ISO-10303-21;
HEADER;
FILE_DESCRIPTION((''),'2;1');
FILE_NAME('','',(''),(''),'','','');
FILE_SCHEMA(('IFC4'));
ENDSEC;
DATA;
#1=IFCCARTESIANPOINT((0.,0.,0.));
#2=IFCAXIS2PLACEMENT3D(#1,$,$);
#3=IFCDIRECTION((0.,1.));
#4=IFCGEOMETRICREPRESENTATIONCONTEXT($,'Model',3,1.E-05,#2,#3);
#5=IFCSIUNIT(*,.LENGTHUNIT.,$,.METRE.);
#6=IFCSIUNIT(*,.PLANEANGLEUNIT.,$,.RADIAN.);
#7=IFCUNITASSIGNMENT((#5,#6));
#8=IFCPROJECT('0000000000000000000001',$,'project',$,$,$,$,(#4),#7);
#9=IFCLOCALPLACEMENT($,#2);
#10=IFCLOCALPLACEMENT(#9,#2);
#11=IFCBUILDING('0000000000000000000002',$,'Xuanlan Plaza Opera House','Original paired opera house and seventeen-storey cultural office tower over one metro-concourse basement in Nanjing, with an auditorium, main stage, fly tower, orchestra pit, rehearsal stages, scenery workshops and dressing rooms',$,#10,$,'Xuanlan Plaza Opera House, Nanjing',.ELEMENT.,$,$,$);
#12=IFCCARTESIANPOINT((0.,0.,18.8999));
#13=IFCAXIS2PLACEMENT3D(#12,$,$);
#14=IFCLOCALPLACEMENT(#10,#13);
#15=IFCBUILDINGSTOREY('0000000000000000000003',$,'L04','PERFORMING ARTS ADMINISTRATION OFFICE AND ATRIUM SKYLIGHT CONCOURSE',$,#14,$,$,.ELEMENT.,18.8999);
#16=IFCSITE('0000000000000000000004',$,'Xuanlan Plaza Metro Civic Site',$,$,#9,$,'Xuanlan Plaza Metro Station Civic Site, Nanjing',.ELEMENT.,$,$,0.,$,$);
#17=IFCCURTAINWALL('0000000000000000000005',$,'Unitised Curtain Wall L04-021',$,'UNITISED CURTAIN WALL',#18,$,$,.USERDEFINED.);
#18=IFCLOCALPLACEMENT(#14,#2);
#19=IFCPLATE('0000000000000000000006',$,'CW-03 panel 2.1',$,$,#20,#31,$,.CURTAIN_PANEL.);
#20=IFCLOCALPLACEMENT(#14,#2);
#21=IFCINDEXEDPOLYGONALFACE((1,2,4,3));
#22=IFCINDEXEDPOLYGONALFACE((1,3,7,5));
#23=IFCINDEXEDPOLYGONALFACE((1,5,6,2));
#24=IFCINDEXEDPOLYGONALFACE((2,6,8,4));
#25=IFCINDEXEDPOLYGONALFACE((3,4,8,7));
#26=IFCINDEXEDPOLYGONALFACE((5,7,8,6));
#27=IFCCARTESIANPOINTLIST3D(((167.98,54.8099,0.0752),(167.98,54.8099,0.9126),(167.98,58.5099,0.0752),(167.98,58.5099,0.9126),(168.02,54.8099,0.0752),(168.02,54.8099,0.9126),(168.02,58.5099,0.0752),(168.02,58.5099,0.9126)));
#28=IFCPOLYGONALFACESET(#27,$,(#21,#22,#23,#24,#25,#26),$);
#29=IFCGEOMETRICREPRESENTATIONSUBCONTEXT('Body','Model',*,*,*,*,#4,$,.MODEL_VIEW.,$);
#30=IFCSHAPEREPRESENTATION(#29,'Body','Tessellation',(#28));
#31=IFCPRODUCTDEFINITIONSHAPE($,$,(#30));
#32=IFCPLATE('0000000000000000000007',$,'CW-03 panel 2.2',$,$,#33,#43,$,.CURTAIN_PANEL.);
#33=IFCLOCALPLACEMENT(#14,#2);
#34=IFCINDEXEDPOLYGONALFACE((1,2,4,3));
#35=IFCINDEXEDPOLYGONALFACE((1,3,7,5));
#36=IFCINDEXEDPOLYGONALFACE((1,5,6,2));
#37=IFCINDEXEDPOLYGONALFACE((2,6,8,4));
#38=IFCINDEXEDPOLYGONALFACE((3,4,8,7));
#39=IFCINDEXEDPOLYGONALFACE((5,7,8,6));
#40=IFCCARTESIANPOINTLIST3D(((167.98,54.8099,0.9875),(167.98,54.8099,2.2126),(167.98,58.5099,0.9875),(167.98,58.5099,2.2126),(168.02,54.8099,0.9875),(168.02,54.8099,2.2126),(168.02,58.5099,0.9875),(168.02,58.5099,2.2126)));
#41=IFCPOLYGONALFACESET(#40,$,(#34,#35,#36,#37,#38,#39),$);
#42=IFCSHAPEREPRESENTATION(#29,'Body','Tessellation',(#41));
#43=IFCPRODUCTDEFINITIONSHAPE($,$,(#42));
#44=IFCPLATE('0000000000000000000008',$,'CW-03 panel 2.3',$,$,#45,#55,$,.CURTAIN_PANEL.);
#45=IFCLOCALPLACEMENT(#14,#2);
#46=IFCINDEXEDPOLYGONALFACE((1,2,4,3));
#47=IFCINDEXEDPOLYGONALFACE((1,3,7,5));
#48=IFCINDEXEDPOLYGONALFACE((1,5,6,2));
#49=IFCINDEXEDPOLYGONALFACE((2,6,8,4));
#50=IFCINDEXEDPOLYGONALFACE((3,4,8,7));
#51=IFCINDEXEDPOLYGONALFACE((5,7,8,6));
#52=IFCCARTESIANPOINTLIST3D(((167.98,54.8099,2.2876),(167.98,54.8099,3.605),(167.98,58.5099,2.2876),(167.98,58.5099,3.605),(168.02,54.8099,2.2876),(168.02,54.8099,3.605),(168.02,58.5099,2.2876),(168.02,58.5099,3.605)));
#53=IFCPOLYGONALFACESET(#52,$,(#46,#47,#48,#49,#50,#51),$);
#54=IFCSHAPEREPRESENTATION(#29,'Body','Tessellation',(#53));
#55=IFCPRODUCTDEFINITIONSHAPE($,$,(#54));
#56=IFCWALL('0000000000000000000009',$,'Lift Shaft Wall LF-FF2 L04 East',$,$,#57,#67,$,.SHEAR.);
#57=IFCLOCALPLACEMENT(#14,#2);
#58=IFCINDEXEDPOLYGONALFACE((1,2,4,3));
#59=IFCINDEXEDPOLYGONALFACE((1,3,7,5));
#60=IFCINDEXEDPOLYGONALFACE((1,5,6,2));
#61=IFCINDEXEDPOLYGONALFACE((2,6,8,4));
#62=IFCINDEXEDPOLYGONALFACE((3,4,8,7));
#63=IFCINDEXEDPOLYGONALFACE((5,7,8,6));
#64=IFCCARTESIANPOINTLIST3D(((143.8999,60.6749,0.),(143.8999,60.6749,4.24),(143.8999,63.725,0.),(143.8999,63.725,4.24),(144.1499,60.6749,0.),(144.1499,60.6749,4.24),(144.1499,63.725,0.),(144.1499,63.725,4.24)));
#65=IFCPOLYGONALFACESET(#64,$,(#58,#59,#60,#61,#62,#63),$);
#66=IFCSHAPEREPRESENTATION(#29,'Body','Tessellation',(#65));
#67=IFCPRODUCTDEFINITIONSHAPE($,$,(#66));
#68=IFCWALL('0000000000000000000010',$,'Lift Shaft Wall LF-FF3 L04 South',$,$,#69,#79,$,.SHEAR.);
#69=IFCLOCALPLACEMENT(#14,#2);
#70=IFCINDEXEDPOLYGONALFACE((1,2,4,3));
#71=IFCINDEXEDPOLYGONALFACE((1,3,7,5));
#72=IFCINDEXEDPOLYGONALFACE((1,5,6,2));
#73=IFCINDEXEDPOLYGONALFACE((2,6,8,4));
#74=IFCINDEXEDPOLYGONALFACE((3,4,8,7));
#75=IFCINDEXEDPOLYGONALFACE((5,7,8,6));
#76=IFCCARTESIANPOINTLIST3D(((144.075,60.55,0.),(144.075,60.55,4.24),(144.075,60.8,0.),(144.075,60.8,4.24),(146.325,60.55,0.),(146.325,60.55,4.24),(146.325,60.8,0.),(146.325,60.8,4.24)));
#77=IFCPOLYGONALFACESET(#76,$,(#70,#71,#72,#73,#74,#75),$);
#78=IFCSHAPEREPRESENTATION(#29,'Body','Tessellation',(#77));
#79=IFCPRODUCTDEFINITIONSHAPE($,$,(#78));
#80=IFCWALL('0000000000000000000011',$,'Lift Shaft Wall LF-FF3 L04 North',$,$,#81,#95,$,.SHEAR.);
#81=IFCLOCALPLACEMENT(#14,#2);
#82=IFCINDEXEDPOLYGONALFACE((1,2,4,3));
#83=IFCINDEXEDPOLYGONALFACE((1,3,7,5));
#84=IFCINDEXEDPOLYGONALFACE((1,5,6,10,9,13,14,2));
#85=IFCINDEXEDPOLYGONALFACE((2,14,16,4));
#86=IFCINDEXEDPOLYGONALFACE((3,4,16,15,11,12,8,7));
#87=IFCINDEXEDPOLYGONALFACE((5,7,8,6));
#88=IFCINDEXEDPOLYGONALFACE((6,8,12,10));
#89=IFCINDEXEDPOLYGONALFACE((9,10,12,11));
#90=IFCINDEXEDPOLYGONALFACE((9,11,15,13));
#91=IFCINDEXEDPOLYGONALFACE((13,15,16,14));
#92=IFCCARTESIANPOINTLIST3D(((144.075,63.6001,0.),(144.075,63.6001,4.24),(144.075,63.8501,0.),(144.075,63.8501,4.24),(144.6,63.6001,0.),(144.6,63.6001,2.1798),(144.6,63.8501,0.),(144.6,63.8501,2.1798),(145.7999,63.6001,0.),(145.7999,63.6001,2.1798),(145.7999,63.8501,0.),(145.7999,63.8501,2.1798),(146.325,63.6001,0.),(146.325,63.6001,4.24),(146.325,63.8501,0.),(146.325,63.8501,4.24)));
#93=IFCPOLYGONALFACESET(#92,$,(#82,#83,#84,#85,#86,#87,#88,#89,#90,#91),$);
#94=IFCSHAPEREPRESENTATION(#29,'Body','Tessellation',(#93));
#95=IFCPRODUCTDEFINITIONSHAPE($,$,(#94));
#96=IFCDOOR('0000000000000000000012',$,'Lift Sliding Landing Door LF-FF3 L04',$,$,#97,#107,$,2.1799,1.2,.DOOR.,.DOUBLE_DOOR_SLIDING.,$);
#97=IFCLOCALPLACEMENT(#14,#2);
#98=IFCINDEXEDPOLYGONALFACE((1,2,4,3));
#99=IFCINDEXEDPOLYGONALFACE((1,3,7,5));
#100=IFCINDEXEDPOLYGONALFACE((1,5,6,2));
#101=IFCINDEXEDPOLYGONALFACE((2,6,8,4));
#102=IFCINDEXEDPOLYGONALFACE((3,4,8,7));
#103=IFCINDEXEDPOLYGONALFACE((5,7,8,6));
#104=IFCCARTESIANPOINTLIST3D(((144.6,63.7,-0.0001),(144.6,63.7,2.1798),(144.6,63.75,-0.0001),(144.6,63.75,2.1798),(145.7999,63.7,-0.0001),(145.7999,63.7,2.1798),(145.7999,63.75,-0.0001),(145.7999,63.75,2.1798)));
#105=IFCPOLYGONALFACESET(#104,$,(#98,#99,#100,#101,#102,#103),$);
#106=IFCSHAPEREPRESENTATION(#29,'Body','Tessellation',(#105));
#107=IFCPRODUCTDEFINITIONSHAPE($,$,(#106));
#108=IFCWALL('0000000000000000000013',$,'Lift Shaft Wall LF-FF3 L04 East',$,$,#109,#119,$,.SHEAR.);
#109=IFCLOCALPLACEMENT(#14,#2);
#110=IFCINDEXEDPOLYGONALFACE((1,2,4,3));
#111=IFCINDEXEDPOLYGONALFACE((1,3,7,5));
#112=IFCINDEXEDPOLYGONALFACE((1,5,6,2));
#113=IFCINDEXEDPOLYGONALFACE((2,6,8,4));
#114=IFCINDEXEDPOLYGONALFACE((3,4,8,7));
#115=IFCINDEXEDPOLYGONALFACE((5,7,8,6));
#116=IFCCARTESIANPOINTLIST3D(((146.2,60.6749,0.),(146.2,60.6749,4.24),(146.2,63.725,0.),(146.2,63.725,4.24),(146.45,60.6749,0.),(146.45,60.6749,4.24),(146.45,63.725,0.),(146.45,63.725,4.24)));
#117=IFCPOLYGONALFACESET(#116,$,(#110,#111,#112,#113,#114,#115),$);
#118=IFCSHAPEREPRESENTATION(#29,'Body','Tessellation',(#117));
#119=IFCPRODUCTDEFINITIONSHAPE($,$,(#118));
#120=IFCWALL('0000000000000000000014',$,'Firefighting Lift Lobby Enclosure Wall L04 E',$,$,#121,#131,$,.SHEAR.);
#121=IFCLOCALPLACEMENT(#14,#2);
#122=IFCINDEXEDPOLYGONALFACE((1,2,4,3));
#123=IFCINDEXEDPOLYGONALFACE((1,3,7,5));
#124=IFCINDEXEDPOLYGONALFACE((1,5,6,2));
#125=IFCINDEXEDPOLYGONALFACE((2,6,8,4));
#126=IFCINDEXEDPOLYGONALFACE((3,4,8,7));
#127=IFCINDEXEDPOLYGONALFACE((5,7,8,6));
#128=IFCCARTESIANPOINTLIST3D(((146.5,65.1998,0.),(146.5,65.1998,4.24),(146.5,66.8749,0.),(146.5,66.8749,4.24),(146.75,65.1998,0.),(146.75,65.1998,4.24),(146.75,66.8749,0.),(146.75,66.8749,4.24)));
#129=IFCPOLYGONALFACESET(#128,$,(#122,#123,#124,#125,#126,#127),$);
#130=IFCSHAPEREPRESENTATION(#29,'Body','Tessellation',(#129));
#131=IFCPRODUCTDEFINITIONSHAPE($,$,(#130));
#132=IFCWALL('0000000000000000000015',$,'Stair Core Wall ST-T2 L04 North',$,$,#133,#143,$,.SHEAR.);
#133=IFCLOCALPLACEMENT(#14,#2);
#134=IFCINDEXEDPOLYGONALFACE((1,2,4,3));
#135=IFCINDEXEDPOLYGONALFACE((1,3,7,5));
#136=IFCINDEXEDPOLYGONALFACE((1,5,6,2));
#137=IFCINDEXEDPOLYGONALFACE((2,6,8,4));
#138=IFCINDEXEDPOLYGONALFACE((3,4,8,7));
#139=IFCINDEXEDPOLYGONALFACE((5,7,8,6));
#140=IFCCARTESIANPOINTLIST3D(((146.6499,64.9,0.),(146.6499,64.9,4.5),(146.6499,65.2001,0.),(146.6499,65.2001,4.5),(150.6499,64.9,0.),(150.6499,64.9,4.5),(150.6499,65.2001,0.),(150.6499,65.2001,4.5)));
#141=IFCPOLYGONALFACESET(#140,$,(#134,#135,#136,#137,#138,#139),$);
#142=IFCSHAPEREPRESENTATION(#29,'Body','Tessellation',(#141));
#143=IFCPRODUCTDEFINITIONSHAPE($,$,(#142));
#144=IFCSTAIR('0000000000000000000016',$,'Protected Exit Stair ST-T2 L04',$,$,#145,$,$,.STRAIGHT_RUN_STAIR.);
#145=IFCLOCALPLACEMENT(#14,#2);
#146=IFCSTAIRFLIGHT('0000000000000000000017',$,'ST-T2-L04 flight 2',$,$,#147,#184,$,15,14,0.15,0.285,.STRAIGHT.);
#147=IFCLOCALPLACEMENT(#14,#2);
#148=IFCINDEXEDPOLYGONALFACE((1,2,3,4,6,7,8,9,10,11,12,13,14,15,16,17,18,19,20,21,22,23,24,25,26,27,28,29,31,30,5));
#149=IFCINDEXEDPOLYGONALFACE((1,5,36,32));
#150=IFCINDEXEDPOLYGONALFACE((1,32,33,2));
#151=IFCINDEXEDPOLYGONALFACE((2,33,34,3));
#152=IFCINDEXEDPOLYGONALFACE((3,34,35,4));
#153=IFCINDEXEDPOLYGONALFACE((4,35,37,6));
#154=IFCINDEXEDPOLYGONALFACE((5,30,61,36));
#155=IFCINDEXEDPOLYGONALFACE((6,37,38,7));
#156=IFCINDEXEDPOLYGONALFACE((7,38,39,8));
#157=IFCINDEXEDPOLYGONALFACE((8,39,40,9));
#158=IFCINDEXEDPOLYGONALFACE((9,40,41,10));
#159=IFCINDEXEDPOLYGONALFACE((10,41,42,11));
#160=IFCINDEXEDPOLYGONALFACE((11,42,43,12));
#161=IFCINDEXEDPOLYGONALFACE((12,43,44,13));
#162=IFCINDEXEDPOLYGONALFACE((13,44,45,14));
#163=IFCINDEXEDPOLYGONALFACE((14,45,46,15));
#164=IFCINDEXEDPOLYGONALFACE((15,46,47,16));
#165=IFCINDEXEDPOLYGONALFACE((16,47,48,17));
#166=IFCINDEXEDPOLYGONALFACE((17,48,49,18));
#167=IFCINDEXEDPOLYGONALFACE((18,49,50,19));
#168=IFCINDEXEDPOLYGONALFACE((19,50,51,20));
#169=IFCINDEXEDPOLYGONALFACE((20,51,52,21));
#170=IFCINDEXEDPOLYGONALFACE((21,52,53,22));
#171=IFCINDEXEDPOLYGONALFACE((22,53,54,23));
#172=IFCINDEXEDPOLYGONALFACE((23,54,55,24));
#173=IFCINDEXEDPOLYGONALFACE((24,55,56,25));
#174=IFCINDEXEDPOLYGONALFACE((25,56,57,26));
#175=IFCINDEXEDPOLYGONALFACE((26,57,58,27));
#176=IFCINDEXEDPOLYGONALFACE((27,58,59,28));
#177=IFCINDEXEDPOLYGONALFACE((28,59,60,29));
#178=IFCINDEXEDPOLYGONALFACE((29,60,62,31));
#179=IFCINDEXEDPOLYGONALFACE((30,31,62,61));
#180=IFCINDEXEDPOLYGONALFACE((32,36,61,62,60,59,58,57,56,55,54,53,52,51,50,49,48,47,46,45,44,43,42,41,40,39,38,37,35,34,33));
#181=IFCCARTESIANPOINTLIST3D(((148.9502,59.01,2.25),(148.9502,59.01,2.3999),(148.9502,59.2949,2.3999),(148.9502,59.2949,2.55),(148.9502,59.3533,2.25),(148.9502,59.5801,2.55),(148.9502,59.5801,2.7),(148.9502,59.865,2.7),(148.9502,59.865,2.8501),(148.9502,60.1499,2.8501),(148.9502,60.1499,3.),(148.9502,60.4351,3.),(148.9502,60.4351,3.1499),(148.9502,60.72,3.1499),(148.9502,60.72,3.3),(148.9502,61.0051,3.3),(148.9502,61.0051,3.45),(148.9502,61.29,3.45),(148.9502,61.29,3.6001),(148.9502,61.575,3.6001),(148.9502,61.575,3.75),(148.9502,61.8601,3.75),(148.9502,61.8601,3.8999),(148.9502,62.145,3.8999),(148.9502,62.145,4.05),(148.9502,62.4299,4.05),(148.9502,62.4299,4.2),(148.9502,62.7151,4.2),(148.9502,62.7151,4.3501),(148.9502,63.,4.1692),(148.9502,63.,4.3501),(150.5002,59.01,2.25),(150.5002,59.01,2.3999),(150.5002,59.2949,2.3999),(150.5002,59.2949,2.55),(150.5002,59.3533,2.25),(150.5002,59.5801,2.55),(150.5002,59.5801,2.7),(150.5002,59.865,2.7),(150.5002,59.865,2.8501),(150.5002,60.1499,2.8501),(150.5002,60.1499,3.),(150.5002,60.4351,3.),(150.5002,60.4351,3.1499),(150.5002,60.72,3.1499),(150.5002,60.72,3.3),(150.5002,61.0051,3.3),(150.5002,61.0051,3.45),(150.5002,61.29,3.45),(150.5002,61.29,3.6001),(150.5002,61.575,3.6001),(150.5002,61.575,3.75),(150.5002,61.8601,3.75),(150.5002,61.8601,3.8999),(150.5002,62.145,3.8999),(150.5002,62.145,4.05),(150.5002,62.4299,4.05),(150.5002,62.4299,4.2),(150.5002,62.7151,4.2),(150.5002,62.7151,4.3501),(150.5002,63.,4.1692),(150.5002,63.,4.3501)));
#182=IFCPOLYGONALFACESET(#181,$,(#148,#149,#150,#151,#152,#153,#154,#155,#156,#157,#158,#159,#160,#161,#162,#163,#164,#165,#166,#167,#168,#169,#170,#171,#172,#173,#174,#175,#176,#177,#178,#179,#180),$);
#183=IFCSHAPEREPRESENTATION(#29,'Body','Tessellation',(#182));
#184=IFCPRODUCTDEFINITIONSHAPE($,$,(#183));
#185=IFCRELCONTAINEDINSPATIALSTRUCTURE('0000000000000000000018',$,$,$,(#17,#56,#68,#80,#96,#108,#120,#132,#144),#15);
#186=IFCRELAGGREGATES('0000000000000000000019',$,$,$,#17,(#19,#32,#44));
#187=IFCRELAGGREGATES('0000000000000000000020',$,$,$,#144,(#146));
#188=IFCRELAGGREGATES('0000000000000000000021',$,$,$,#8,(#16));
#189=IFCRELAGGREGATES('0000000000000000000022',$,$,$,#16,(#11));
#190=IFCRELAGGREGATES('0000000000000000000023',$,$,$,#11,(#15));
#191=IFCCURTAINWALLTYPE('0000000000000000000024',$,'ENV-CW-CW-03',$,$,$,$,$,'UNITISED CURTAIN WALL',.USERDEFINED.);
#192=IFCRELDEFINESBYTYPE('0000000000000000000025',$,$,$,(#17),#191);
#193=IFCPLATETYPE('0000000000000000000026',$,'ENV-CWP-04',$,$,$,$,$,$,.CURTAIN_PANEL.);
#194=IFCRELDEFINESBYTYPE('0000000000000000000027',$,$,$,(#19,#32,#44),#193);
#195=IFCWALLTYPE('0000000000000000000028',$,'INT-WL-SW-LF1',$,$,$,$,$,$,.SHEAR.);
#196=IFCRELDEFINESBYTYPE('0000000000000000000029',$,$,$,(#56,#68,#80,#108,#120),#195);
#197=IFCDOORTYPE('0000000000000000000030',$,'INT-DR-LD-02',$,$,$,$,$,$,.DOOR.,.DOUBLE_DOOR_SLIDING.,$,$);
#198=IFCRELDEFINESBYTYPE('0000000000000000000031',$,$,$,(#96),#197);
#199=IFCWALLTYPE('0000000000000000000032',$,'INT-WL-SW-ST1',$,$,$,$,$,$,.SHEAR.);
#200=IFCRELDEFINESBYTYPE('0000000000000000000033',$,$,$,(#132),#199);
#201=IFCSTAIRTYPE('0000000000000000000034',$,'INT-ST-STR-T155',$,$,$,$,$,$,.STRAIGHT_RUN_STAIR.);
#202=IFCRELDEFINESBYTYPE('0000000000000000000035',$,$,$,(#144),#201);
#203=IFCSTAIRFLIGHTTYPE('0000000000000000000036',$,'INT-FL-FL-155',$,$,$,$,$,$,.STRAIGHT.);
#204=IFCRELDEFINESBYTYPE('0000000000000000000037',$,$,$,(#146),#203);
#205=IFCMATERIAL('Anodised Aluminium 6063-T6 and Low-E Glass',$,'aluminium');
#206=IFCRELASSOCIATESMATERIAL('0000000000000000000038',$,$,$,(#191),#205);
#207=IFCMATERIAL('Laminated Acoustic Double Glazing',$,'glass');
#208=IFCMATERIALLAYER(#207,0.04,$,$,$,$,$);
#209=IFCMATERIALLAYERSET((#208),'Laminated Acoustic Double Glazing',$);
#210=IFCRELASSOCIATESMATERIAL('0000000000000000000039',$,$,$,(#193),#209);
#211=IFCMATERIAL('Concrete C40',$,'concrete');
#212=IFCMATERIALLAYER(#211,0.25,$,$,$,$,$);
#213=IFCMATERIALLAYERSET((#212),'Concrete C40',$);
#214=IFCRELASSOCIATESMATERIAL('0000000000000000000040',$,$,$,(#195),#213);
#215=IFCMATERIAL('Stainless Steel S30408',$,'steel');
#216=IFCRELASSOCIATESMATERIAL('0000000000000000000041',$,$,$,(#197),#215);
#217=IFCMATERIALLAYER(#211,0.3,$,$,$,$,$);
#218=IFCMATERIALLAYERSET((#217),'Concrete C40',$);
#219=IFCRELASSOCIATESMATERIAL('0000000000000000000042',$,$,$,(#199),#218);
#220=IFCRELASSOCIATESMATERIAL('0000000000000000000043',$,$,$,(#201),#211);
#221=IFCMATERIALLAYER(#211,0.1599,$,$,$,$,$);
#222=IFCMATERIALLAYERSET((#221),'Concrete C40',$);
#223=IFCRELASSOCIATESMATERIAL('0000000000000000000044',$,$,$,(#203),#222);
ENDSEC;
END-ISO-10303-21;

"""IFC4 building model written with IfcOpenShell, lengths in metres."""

from ifc_helpers import new_model, si_unit, direction, frame, frame_2d, origin, origin_2d, place, context, subcontext, project, spatial, polyline, rectangle, outline, extrude, material, layer, layer_set, type_object, element, fill, aggregate, save


model = new_model("IFC4")

# Units and contexts
model_context = context("Model", 3, precision=1e-05, world=origin(), true_north=direction((0.0, 1.0)))
body_context = subcontext(model_context, "Body", "Model", "MODEL_VIEW")
ifc_project = project(units=[si_unit("LENGTHUNIT", "METRE"), si_unit("PLANEANGLEUNIT", "RADIAN")], contexts=[model_context])

# Site, building, storey
site_placement = place(None, origin())
site = spatial("IfcSite", under=ifc_project, at=site_placement, Name="Xuanlan Plaza Metro Civic Site", LongName="Xuanlan Plaza Metro Station Civic Site, Nanjing", CompositionType="ELEMENT", RefElevation=0.0)
building_placement = place(site_placement, origin())
building = spatial("IfcBuilding", under=site, at=building_placement, Name="Xuanlan Plaza Opera House", Description="Original paired opera house and seventeen-storey cultural office tower over one metro-concourse basement in Nanjing, with an auditorium, main stage, fly tower, orchestra pit, rehearsal stages, scenery workshops and dressing rooms", LongName="Xuanlan Plaza Opera House, Nanjing", CompositionType="ELEMENT")
storey_placement = place(building_placement, frame((0.0, 0.0, 18.8999)))
storey = spatial("IfcBuildingStorey", under=building, at=storey_placement, Name="L04", Description="PERFORMING ARTS ADMINISTRATION OFFICE AND ATRIUM SKYLIGHT CONCOURSE", CompositionType="ELEMENT", Elevation=18.8999)

# Shared definitions
ifc_material_1 = material(Name="Concrete C40", Category="concrete")

# Curtain wall, plates
ifc_material_2 = material(Name="Anodised Aluminium 6063-T6 and Low-E Glass", Category="aluminium")
curtain_wall_type = type_object("IfcCurtainWallType", Name="ENV-CW-CW-03", ElementType="UNITISED CURTAIN WALL", PredefinedType="USERDEFINED", material=ifc_material_2)
curtain_wall_placement = place(storey_placement, origin())
curtain_wall = element("IfcCurtainWall", 1, at=curtain_wall_placement, inside=storey, type_object=curtain_wall_type, Name="Unitised Curtain Wall L04-021", ObjectType="UNITISED CURTAIN WALL", PredefinedType="USERDEFINED")
ifc_material_3 = material(Name="Laminated Acoustic Double Glazing", Category="glass")
ifc_layer_1 = layer(ifc_material_3, 0.04)
ifc_layer_set_1 = layer_set([ifc_layer_1], Name="Laminated Acoustic Double Glazing")
plate_type = type_object("IfcPlateType", Name="ENV-CWP-04", PredefinedType="CURTAIN_PANEL", material=ifc_layer_set_1)
plate_1_placement = place(storey_placement, frame((168.0, 56.6599, 0.0752), z_axis=(0.0, 0.0, 1.0), x_axis=(0.0, 1.0, 0.0)))
plate_1 = element("IfcPlate", 2, at=plate_1_placement, type_object=plate_type, Name="CW-03 panel 2.1", PredefinedType="CURTAIN_PANEL", context=body_context, shape_type="SweptSolid", body=[
    extrude(rectangle(XDim=3.7, YDim=0.04, at=origin_2d()), origin(), (0.0, 0.0, 1.0), 0.8374),
])
plate_2_placement = place(storey_placement, frame((168.0, 56.6599, 0.9875), z_axis=(0.0, 0.0, 1.0), x_axis=(0.0, 1.0, 0.0)))
plate_2 = element("IfcPlate", 3, at=plate_2_placement, type_object=plate_type, Name="CW-03 panel 2.2", PredefinedType="CURTAIN_PANEL", context=body_context, shape_type="SweptSolid", body=[
    extrude(rectangle(XDim=3.7, YDim=0.04, at=origin_2d()), origin(), (0.0, 0.0, 1.0), 1.2251),
])
plate_3_placement = place(storey_placement, frame((168.0, 56.6599, 2.2876), z_axis=(0.0, 0.0, 1.0), x_axis=(0.0, 1.0, 0.0)))
plate_3 = element("IfcPlate", 4, at=plate_3_placement, type_object=plate_type, Name="CW-03 panel 2.3", PredefinedType="CURTAIN_PANEL", context=body_context, shape_type="SweptSolid", body=[
    extrude(rectangle(XDim=3.7, YDim=0.04, at=origin_2d()), origin(), (0.0, 0.0, 1.0), 1.3174),
])
aggregate(curtain_wall, [plate_1, plate_2, plate_3])

# Walls
ifc_layer_2 = layer(ifc_material_1, 0.25)
ifc_layer_set_2 = layer_set([ifc_layer_2], Name="Concrete C40")
wall_type_1 = type_object("IfcWallType", Name="INT-WL-SW-LF1", PredefinedType="SHEAR", material=ifc_layer_set_2)
wall_1_placement = place(storey_placement, frame((144.0249, 60.675, 0.0), z_axis=(0.0, 0.0, 1.0), x_axis=(0.0, 1.0, 0.0)))
element("IfcWall", 5, at=wall_1_placement, inside=storey, type_object=wall_type_1, Name="Lift Shaft Wall LF-FF2 L04 East", PredefinedType="SHEAR", context=body_context, shape_type="SweptSolid", body=[
    extrude(rectangle(XDim=3.05, YDim=0.25, at=frame_2d((1.5249, 0.0))), origin(), (0.0, 0.0, 1.0), 4.24),
])
wall_2_placement = place(storey_placement, frame((144.075, 60.675, 0.0), z_axis=(0.0, 0.0, 1.0), x_axis=(1.0, 0.0, 0.0)))
element("IfcWall", 6, at=wall_2_placement, inside=storey, type_object=wall_type_1, Name="Lift Shaft Wall LF-FF3 L04 South", PredefinedType="SHEAR", context=body_context, shape_type="SweptSolid", body=[
    extrude(rectangle(XDim=2.25, YDim=0.25, at=frame_2d((1.125, 0.0))), origin(), (0.0, 0.0, 1.0), 4.24),
])

# Wall, opening, door
wall_3_placement = place(storey_placement, frame((144.075, 63.7251, 0.0), z_axis=(0.0, 0.0, 1.0), x_axis=(1.0, 0.0, 0.0)))
wall_3 = element("IfcWall", 7, at=wall_3_placement, inside=storey, type_object=wall_type_1, Name="Lift Shaft Wall LF-FF3 L04 North", PredefinedType="SHEAR", context=body_context, shape_type="SweptSolid", body=[
    extrude(rectangle(XDim=2.25, YDim=0.25, at=frame_2d((1.125, 0.0))), origin(), (0.0, 0.0, 1.0), 4.24),
])
opening_placement = place(wall_3_placement, frame((0.5249, 0.0, 0.0)))
opening = element("IfcOpeningElement", 8, at=opening_placement, cuts=wall_3, PredefinedType="OPENING", context=body_context, shape_type="SweptSolid", body=[
    extrude(rectangle(XDim=1.2, YDim=2.1799, at=frame_2d((0.6001, 1.0898))), frame((0.0, 0.135, 0.0), z_axis=(0.0, -1.0, 0.0), x_axis=(1.0, 0.0, 0.0)), (0.0, 0.0, 1.0), 0.27),
])
ifc_material_4 = material(Name="Stainless Steel S30408", Category="steel")
door_type = type_object("IfcDoorType", Name="INT-DR-LD-02", OperationType="DOUBLE_DOOR_SLIDING", PredefinedType="DOOR", material=ifc_material_4)
door_placement = place(opening_placement, origin())
door = element("IfcDoor", 9, at=door_placement, inside=storey, type_object=door_type, Name="Lift Sliding Landing Door LF-FF3 L04", OperationType="DOUBLE_DOOR_SLIDING", OverallHeight=2.1799, OverallWidth=1.2, PredefinedType="DOOR", context=body_context, shape_type="SweptSolid", body=[
    extrude(rectangle(XDim=1.2, YDim=2.1799, at=frame_2d((0.6001, 1.0898))), frame((0.0, 0.0249, 0.0), z_axis=(0.0, -1.0, 0.0), x_axis=(1.0, 0.0, 0.0)), (0.0, 0.0, 1.0), 0.05),
])
fill(opening, door)

# Walls
wall_4_placement = place(storey_placement, frame((146.325, 60.675, 0.0), z_axis=(0.0, 0.0, 1.0), x_axis=(0.0, 1.0, 0.0)))
element("IfcWall", 10, at=wall_4_placement, inside=storey, type_object=wall_type_1, Name="Lift Shaft Wall LF-FF3 L04 East", PredefinedType="SHEAR", context=body_context, shape_type="SweptSolid", body=[
    extrude(rectangle(XDim=3.05, YDim=0.25, at=frame_2d((1.5249, 0.0))), origin(), (0.0, 0.0, 1.0), 4.24),
])
wall_5_placement = place(storey_placement, frame((146.625, 65.2, 0.0), z_axis=(0.0, 0.0, 1.0), x_axis=(0.0, 1.0, 0.0)))
element("IfcWall", 11, at=wall_5_placement, inside=storey, type_object=wall_type_1, Name="Firefighting Lift Lobby Enclosure Wall L04 E", PredefinedType="SHEAR", context=body_context, shape_type="SweptSolid", body=[
    extrude(rectangle(XDim=1.675, YDim=0.25, at=frame_2d((0.8374, 0.0))), origin(), (0.0, 0.0, 1.0), 4.24),
])
ifc_layer_3 = layer(ifc_material_1, 0.3)
ifc_layer_set_3 = layer_set([ifc_layer_3], Name="Concrete C40")
wall_type_2 = type_object("IfcWallType", Name="INT-WL-SW-ST1", PredefinedType="SHEAR", material=ifc_layer_set_3)
wall_6_placement = place(storey_placement, frame((146.6499, 65.05, 0.0), z_axis=(0.0, 0.0, 1.0), x_axis=(1.0, 0.0, 0.0)))
element("IfcWall", 12, at=wall_6_placement, inside=storey, type_object=wall_type_2, Name="Stair Core Wall ST-T2 L04 North", PredefinedType="SHEAR", context=body_context, shape_type="SweptSolid", body=[
    extrude(rectangle(XDim=4.0, YDim=0.3, at=frame_2d((2.0, 0.0))), origin(), (0.0, 0.0, 1.0), 4.5),
])

# Stair, stair flight
stair_type = type_object("IfcStairType", Name="INT-ST-STR-T155", PredefinedType="STRAIGHT_RUN_STAIR", material=ifc_material_1)
stair_placement = place(storey_placement, origin())
stair = element("IfcStair", 13, at=stair_placement, inside=storey, type_object=stair_type, Name="Protected Exit Stair ST-T2 L04", PredefinedType="STRAIGHT_RUN_STAIR")
ifc_layer_4 = layer(ifc_material_1, 0.1599)
ifc_layer_set_4 = layer_set([ifc_layer_4], Name="Concrete C40")
stair_flight_type = type_object("IfcStairFlightType", Name="INT-FL-FL-155", PredefinedType="STRAIGHT", material=ifc_layer_set_4)
stair_flight_placement = place(storey_placement, frame((149.7251, 59.01, 2.25), z_axis=(0.0, 0.0, 1.0), x_axis=(0.0, 1.0, 0.0)))
stair_flight = element("IfcStairFlight", 14, at=stair_flight_placement, type_object=stair_flight_type, Name="ST-T2-L04 flight 2", NumberOfRisers=15, NumberOfTreads=14, PredefinedType="STRAIGHT", RiserHeight=0.15, TreadLength=0.285, context=body_context, shape_type="SweptSolid", body=[
    extrude(outline(polyline([(0.0, 0.0), (0.0, 0.1499), (0.2849, 0.1499), (0.2849, 0.3), (0.5701, 0.3), (0.5701, 0.45), (0.855, 0.45), (0.855, 0.6001), (1.1399, 0.6001), (1.1399, 0.75), (1.425, 0.75), (1.425, 0.8999), (1.71, 0.8999), (1.71, 1.05), (1.9951, 1.05), (1.9951, 1.2), (2.28, 1.2), (2.28, 1.3501), (2.5649, 1.3501), (2.5649, 1.5), (2.8501, 1.5), (2.8501, 1.6499), (3.135, 1.6499), (3.135, 1.8), (3.4199, 1.8), (3.4199, 1.95), (3.7051, 1.95), (3.7051, 2.1001), (3.99, 2.1001), (3.99, 2.25), (3.99, 1.9192), (0.3433, 0.0), (0.0, 0.0)])), frame((0.0, 0.7749, 0.0), z_axis=(0.0, -1.0, 0.0), x_axis=(1.0, 0.0, 0.0)), (0.0, 0.0, 1.0), 1.55),
])
aggregate(stair, [stair_flight])

save(model, "model.ifc")
